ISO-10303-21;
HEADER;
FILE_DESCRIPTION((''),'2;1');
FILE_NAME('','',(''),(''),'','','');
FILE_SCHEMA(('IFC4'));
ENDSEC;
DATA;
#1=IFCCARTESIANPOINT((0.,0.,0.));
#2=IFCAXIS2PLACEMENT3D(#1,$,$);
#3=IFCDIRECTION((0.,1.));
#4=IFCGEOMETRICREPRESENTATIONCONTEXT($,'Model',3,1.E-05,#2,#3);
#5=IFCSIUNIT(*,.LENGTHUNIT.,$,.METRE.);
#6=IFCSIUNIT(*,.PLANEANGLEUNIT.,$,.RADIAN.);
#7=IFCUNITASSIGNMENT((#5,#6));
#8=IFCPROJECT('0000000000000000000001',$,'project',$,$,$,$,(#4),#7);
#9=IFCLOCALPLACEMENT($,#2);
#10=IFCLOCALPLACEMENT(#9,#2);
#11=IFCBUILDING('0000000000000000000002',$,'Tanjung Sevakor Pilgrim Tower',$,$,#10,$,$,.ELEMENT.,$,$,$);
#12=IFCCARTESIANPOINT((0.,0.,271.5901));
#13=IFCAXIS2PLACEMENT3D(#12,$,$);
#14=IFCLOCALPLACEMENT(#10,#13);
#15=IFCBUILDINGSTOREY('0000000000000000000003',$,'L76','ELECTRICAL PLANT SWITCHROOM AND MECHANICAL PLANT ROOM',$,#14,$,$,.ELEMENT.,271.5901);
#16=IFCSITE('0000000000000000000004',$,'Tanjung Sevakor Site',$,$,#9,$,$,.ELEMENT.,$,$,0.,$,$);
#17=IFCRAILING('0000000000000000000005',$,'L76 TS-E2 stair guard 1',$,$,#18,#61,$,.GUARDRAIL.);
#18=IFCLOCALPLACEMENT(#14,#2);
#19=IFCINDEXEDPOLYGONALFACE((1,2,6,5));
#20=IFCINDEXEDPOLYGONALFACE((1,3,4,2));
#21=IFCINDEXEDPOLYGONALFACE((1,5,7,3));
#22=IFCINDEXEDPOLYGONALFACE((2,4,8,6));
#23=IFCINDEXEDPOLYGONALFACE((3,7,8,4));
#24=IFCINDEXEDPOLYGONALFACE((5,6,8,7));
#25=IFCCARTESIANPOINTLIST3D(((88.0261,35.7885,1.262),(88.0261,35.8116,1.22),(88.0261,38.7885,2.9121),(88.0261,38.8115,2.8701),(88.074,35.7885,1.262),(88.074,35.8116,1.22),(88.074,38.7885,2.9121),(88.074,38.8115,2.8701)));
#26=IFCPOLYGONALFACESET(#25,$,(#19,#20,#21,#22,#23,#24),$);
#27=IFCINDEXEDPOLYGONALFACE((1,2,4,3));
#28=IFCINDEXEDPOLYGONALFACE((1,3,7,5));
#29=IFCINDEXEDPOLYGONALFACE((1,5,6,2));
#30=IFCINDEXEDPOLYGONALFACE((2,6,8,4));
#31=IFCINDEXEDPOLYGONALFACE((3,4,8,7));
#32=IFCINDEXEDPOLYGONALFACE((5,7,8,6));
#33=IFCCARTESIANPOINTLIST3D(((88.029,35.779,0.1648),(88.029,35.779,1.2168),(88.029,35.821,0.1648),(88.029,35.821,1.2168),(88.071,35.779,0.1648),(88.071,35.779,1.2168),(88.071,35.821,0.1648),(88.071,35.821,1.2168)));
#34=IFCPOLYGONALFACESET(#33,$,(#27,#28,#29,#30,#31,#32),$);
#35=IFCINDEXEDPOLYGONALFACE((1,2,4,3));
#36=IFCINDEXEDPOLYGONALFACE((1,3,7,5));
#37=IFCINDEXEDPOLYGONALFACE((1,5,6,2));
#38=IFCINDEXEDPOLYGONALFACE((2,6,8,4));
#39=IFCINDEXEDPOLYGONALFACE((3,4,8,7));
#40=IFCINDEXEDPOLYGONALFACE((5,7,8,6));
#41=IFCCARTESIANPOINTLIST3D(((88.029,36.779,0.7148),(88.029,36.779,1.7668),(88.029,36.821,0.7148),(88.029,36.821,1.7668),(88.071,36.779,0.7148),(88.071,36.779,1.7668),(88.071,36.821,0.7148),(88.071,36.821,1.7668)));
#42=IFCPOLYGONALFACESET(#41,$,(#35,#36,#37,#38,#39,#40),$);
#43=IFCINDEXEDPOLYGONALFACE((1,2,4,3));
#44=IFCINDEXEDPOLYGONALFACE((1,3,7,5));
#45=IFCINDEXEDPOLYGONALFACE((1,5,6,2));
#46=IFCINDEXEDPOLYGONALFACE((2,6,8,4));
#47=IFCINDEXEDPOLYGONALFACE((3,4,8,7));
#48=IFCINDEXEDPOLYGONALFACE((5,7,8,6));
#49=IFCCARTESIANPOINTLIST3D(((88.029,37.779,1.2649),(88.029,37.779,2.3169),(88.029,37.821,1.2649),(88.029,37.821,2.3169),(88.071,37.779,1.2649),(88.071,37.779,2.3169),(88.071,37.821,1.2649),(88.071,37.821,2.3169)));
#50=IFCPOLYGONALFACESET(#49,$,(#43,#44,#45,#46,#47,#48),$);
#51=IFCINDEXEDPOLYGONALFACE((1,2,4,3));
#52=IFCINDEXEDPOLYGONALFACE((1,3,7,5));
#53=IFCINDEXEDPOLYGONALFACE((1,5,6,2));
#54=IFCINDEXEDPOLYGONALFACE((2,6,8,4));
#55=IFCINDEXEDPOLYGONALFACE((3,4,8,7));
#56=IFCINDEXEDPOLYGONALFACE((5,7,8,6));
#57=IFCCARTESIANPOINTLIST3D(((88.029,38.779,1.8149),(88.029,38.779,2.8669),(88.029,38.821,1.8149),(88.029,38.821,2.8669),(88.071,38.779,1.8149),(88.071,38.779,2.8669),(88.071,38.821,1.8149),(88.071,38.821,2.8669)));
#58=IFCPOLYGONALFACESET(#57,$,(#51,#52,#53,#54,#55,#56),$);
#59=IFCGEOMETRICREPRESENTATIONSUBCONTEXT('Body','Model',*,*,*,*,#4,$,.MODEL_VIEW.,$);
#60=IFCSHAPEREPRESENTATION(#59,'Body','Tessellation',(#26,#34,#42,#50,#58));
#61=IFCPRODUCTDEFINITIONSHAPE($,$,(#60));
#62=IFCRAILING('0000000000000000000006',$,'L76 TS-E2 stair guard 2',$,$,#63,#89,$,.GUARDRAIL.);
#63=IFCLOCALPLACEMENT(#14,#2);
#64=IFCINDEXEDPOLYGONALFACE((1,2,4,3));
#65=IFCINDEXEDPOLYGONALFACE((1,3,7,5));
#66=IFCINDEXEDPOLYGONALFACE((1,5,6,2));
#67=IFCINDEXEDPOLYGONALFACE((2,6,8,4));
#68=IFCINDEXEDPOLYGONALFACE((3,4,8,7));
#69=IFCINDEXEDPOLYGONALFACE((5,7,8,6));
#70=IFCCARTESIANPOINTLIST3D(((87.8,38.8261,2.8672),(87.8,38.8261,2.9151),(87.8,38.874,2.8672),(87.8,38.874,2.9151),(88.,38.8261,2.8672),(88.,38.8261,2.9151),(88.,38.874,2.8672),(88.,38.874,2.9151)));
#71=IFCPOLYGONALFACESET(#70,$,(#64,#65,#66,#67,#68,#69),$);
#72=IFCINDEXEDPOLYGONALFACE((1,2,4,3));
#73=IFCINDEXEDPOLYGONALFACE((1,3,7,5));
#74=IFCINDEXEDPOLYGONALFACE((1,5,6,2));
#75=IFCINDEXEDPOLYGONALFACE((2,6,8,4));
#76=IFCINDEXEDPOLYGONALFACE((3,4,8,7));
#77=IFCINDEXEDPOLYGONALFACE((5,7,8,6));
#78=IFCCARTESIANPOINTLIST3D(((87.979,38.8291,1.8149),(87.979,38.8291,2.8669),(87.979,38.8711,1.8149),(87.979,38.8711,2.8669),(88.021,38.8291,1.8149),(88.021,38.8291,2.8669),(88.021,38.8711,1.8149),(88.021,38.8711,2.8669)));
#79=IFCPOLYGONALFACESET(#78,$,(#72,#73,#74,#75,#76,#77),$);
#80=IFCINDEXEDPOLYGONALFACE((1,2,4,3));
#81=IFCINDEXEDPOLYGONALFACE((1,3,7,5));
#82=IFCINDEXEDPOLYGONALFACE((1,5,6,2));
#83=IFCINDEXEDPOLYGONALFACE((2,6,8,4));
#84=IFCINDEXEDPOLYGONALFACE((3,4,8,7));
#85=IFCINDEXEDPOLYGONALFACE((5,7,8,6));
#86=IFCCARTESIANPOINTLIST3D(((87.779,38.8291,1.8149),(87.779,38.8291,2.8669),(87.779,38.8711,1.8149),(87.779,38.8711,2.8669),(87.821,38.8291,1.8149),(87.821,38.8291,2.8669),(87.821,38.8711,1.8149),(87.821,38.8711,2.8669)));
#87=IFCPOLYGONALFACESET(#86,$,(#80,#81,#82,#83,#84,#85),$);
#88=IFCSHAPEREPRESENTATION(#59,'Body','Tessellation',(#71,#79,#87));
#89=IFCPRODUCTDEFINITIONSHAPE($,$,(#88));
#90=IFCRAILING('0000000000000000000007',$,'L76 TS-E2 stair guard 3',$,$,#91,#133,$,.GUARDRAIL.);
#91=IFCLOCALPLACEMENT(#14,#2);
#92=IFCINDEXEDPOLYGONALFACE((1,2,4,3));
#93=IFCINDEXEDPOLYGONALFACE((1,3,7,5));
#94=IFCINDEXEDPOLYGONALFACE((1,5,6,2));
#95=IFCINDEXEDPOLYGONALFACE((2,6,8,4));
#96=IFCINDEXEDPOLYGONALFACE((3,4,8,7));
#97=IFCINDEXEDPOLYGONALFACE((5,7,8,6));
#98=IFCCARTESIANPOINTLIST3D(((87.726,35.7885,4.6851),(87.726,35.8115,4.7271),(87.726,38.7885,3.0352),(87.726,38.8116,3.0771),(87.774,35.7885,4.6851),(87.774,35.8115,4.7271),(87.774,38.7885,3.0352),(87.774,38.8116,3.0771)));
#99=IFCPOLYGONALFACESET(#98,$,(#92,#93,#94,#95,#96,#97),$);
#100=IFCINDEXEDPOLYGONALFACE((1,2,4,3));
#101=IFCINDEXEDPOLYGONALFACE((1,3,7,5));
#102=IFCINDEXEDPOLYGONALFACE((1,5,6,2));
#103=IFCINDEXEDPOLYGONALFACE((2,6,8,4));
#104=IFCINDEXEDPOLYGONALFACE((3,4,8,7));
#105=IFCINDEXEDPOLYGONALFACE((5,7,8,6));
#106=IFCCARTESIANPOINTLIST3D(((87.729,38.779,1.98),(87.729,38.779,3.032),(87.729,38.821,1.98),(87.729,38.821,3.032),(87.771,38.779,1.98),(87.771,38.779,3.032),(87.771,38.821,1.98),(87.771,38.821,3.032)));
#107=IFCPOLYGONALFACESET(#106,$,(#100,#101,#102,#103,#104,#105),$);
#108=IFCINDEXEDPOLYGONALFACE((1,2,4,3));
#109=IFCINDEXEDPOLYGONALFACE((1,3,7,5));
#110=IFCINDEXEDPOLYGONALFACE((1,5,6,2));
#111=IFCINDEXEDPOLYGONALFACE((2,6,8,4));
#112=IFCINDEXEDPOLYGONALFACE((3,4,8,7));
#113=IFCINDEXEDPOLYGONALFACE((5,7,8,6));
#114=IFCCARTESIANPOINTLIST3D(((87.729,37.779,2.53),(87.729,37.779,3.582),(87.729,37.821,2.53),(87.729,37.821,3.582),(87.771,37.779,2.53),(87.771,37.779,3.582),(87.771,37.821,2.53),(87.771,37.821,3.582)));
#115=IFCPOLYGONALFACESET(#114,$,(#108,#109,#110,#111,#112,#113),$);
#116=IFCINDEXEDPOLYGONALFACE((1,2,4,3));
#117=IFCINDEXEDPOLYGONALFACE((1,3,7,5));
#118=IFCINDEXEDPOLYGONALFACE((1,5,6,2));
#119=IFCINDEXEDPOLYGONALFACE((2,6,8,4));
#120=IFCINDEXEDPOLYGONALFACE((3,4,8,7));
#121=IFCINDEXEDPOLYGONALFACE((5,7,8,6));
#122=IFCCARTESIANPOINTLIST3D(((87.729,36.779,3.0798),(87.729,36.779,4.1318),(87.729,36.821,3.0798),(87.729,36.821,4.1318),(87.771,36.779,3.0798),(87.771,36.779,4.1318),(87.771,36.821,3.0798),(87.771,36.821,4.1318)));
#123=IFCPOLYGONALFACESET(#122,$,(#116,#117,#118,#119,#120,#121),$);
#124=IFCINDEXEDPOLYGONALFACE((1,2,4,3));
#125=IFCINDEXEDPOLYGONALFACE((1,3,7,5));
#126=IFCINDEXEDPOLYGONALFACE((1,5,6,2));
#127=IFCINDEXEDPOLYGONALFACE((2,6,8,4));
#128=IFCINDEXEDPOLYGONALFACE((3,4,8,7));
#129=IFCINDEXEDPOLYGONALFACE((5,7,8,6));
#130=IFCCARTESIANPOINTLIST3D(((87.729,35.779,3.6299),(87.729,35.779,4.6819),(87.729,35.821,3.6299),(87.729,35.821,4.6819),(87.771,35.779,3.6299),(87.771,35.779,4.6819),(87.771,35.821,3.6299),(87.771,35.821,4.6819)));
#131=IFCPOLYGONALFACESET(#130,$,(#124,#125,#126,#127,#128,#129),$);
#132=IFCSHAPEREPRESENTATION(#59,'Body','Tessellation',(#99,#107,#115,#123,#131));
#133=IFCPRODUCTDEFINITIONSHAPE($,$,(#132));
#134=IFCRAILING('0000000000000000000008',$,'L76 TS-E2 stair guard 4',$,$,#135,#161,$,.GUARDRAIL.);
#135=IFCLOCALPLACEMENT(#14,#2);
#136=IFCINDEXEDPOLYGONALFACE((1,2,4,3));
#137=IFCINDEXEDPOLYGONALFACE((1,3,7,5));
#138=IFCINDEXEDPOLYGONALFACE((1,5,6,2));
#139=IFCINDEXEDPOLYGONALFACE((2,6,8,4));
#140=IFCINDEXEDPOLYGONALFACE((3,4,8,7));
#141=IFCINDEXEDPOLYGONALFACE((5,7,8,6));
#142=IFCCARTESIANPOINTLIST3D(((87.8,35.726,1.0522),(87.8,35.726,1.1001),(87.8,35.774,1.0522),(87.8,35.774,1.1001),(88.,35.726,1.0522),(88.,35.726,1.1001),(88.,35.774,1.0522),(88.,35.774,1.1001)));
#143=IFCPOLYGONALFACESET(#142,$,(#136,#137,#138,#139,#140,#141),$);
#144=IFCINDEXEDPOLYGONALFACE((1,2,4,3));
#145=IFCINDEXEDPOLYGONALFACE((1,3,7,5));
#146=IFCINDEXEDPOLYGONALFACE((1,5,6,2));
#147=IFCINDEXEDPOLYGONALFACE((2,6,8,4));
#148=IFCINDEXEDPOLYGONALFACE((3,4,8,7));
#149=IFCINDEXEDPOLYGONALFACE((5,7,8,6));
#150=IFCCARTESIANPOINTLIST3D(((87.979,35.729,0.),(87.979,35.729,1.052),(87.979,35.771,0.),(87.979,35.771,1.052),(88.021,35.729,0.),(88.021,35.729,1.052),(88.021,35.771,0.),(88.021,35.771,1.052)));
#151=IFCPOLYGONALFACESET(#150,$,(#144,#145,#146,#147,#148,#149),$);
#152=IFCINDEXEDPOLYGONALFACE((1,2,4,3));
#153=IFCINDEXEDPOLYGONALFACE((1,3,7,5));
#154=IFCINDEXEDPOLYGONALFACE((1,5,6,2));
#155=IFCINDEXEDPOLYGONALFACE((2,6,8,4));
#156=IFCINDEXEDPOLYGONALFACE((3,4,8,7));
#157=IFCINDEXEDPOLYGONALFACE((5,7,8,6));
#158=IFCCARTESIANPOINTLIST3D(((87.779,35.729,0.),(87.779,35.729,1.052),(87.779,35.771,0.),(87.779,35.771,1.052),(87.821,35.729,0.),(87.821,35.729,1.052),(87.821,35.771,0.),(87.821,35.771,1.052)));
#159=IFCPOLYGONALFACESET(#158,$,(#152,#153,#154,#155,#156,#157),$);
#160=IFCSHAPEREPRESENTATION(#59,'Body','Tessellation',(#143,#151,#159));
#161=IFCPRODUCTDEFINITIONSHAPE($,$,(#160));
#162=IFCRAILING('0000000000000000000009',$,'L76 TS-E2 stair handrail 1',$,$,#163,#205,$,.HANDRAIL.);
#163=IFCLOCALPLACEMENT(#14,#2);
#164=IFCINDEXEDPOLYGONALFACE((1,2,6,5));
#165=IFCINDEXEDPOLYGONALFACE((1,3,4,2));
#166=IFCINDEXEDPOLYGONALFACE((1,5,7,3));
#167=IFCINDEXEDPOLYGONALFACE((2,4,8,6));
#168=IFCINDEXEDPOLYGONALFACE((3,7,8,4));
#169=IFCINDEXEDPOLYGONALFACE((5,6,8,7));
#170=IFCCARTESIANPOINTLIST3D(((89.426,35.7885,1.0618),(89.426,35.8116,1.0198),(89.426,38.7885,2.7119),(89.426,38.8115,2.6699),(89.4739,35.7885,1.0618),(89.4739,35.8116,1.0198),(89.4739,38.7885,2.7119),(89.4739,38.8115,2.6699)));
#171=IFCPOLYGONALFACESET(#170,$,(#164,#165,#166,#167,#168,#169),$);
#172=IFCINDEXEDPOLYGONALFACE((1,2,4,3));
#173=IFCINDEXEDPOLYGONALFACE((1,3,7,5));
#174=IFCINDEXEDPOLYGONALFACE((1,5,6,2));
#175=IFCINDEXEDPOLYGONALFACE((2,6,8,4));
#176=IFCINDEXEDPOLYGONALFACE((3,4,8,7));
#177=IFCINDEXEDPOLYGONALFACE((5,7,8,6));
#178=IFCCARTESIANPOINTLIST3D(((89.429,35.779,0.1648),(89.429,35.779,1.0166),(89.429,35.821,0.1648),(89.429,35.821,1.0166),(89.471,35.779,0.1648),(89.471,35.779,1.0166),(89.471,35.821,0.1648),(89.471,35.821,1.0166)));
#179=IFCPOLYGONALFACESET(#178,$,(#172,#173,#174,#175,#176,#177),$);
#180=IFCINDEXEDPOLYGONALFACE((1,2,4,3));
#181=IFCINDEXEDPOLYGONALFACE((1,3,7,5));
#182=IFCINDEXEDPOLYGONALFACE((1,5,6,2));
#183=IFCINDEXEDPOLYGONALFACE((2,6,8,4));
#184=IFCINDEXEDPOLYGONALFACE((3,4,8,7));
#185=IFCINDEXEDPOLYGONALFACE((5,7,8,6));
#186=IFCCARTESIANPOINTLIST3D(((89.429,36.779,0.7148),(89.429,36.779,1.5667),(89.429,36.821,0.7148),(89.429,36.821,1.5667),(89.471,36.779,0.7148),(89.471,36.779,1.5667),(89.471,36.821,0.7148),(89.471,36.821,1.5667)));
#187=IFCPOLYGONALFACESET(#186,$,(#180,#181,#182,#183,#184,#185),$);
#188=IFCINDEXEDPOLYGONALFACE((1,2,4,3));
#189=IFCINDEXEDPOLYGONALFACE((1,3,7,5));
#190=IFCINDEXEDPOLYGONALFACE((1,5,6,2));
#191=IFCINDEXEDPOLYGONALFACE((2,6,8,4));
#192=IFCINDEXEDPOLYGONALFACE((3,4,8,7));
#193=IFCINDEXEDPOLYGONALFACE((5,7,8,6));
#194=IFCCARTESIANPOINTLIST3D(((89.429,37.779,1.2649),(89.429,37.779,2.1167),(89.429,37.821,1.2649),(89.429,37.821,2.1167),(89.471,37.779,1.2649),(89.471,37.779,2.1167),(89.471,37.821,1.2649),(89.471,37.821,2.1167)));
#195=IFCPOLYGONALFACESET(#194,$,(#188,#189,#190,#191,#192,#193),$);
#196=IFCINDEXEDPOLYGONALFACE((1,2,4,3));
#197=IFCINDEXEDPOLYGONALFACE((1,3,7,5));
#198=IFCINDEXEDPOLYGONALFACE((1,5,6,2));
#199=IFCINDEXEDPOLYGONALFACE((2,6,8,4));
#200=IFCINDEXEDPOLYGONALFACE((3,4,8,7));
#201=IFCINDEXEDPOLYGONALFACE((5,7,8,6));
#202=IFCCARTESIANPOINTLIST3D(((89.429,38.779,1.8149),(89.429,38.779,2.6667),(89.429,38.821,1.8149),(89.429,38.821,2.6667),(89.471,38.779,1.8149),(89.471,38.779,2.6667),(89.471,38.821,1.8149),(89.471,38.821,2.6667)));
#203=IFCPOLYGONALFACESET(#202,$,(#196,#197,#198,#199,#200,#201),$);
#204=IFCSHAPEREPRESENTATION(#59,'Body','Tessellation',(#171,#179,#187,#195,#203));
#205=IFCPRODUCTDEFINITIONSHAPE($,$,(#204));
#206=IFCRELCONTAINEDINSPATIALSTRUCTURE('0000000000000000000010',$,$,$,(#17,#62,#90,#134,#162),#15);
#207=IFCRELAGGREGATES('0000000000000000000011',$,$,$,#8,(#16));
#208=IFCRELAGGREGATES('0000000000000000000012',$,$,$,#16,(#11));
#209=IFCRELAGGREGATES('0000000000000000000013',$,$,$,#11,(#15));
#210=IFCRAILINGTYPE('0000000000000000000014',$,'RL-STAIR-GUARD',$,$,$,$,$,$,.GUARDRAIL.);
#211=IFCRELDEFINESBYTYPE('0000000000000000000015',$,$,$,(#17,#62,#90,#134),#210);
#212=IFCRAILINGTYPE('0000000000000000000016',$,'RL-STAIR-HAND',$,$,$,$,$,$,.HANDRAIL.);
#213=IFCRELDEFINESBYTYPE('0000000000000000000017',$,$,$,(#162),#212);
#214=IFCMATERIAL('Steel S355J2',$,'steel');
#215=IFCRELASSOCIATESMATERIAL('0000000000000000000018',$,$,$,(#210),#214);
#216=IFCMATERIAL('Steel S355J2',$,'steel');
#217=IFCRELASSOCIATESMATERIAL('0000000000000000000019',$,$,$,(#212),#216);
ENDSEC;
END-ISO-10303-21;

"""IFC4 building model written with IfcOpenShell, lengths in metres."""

from ifc_helpers import new_model, si_unit, direction, frame, origin, place, context, subcontext, project, spatial, rectangle, extrude, material, type_object, element, save


model = new_model("IFC4")

# Units and contexts
model_context = context("Model", 3, precision=1e-05, world=origin(), true_north=direction((0.0, 1.0)))
body_context = subcontext(model_context, "Body", "Model", "MODEL_VIEW")
ifc_project = project(units=[si_unit("LENGTHUNIT", "METRE"), si_unit("PLANEANGLEUNIT", "RADIAN")], contexts=[model_context])

# Site, building, storey
site_placement = place(None, origin())
site = spatial("IfcSite", under=ifc_project, at=site_placement, Name="Tanjung Sevakor Site", CompositionType="ELEMENT", RefElevation=0.0)
building_placement = place(site_placement, origin())
building = spatial("IfcBuilding", under=site, at=building_placement, Name="Tanjung Sevakor Pilgrim Tower", CompositionType="ELEMENT")
storey_placement = place(building_placement, frame((0.0, 0.0, 271.5901)))
storey = spatial("IfcBuildingStorey", under=building, at=storey_placement, Name="L76", Description="ELECTRICAL PLANT SWITCHROOM AND MECHANICAL PLANT ROOM", CompositionType="ELEMENT", Elevation=271.5901)

# Railings
ifc_material_1 = material(Name="Steel S355J2", Category="steel")
railing_type_1 = type_object("IfcRailingType", Name="RL-STAIR-GUARD", PredefinedType="GUARDRAIL", material=ifc_material_1)
railing_1_placement = place(storey_placement, frame((88.05, 35.8, 0.1648)))
element("IfcRailing", 1, at=railing_1_placement, inside=storey, type_object=railing_type_1, Name="L76 TS-E2 stair guard 1", PredefinedType="GUARDRAIL", context=body_context, shape_type="SweptSolid", body=[
    extrude(rectangle(XDim=0.0479, YDim=0.0479), frame((0.0, 0.0, 1.0762), z_axis=(0.0, 0.876198, 0.481952), x_axis=(-1.0, 0.0, 0.0)), (0.0, 0.0, 1.0), 3.4238),
    extrude(rectangle(XDim=0.042, YDim=0.042), origin(), (0.0, 0.0, 1.0), 1.052),
    extrude(rectangle(XDim=0.042, YDim=0.042), frame((0.0, 1.0, 0.55)), (0.0, 0.0, 1.0), 1.052),
    extrude(rectangle(XDim=0.042, YDim=0.042), frame((0.0, 2.0, 1.1001)), (0.0, 0.0, 1.0), 1.052),
    extrude(rectangle(XDim=0.042, YDim=0.042), frame((0.0, 3.0, 1.6501)), (0.0, 0.0, 1.0), 1.052),
])
railing_2_placement = place(storey_placement, frame((88.0, 38.8501, 1.8149)))
element("IfcRailing", 2, at=railing_2_placement, inside=storey, type_object=railing_type_1, Name="L76 TS-E2 stair guard 2", PredefinedType="GUARDRAIL", context=body_context, shape_type="SweptSolid", body=[
    extrude(rectangle(XDim=0.0479, YDim=0.0479), frame((0.0, 0.0, 1.0762), z_axis=(-1.0, 0.0, 0.0), x_axis=(0.0, -1.0, 0.0)), (0.0, 0.0, 1.0), 0.2),
    extrude(rectangle(XDim=0.042, YDim=0.042), origin(), (0.0, 0.0, 1.0), 1.052),
    extrude(rectangle(XDim=0.042, YDim=0.042), frame((-0.2, 0.0, 0.0)), (0.0, 0.0, 1.0), 1.052),
])
railing_3_placement = place(storey_placement, frame((87.75, 38.8, 1.98)))
element("IfcRailing", 3, at=railing_3_placement, inside=storey, type_object=railing_type_1, Name="L76 TS-E2 stair guard 3", PredefinedType="GUARDRAIL", context=body_context, shape_type="SweptSolid", body=[
    extrude(rectangle(XDim=0.0479, YDim=0.0479), frame((0.0, 0.0, 1.0762), z_axis=(0.0, -0.876228, 0.481897), x_axis=(1.0, 0.0, 0.0)), (0.0, 0.0, 1.0), 3.4238),
    extrude(rectangle(XDim=0.042, YDim=0.042), origin(), (0.0, 0.0, 1.0), 1.052),
    extrude(rectangle(XDim=0.042, YDim=0.042), frame((0.0, -1.0, 0.55)), (0.0, 0.0, 1.0), 1.052),
    extrude(rectangle(XDim=0.042, YDim=0.042), frame((0.0, -2.0, 1.0999)), (0.0, 0.0, 1.0), 1.052),
    extrude(rectangle(XDim=0.042, YDim=0.042), frame((0.0, -3.0, 1.6499)), (0.0, 0.0, 1.0), 1.052),
])
railing_4_placement = place(storey_placement, frame((88.0, 35.75, 0.0)))
element("IfcRailing", 4, at=railing_4_placement, inside=storey, type_object=railing_type_1, Name="L76 TS-E2 stair guard 4", PredefinedType="GUARDRAIL", context=body_context, shape_type="SweptSolid", body=[
    extrude(rectangle(XDim=0.0479, YDim=0.0479), frame((0.0, 0.0, 1.0762), z_axis=(-1.0, 0.0, 0.0), x_axis=(0.0, -1.0, 0.0)), (0.0, 0.0, 1.0), 0.2),
    extrude(rectangle(XDim=0.042, YDim=0.042), origin(), (0.0, 0.0, 1.0), 1.052),
    extrude(rectangle(XDim=0.042, YDim=0.042), frame((-0.2, 0.0, 0.0)), (0.0, 0.0, 1.0), 1.052),
])
ifc_material_2 = material(Name="Steel S355J2", Category="steel")
railing_type_2 = type_object("IfcRailingType", Name="RL-STAIR-HAND", PredefinedType="HANDRAIL", material=ifc_material_2)
railing_5_placement = place(storey_placement, frame((89.45, 35.8, 0.1648)))
element("IfcRailing", 5, at=railing_5_placement, inside=storey, type_object=railing_type_2, Name="L76 TS-E2 stair handrail 1", PredefinedType="HANDRAIL", context=body_context, shape_type="SweptSolid", body=[
    extrude(rectangle(XDim=0.0479, YDim=0.0479), frame((0.0, 0.0, 0.876), z_axis=(0.0, 0.876198, 0.481952), x_axis=(-1.0, 0.0, 0.0)), (0.0, 0.0, 1.0), 3.4238),
    extrude(rectangle(XDim=0.042, YDim=0.042), origin(), (0.0, 0.0, 1.0), 0.8518),
    extrude(rectangle(XDim=0.042, YDim=0.042), frame((0.0, 1.0, 0.55)), (0.0, 0.0, 1.0), 0.8518),
    extrude(rectangle(XDim=0.042, YDim=0.042), frame((0.0, 2.0, 1.1001)), (0.0, 0.0, 1.0), 0.8518),
    extrude(rectangle(XDim=0.042, YDim=0.042), frame((0.0, 3.0, 1.6501)), (0.0, 0.0, 1.0), 0.8518),
])

save(model, "model.ifc")
